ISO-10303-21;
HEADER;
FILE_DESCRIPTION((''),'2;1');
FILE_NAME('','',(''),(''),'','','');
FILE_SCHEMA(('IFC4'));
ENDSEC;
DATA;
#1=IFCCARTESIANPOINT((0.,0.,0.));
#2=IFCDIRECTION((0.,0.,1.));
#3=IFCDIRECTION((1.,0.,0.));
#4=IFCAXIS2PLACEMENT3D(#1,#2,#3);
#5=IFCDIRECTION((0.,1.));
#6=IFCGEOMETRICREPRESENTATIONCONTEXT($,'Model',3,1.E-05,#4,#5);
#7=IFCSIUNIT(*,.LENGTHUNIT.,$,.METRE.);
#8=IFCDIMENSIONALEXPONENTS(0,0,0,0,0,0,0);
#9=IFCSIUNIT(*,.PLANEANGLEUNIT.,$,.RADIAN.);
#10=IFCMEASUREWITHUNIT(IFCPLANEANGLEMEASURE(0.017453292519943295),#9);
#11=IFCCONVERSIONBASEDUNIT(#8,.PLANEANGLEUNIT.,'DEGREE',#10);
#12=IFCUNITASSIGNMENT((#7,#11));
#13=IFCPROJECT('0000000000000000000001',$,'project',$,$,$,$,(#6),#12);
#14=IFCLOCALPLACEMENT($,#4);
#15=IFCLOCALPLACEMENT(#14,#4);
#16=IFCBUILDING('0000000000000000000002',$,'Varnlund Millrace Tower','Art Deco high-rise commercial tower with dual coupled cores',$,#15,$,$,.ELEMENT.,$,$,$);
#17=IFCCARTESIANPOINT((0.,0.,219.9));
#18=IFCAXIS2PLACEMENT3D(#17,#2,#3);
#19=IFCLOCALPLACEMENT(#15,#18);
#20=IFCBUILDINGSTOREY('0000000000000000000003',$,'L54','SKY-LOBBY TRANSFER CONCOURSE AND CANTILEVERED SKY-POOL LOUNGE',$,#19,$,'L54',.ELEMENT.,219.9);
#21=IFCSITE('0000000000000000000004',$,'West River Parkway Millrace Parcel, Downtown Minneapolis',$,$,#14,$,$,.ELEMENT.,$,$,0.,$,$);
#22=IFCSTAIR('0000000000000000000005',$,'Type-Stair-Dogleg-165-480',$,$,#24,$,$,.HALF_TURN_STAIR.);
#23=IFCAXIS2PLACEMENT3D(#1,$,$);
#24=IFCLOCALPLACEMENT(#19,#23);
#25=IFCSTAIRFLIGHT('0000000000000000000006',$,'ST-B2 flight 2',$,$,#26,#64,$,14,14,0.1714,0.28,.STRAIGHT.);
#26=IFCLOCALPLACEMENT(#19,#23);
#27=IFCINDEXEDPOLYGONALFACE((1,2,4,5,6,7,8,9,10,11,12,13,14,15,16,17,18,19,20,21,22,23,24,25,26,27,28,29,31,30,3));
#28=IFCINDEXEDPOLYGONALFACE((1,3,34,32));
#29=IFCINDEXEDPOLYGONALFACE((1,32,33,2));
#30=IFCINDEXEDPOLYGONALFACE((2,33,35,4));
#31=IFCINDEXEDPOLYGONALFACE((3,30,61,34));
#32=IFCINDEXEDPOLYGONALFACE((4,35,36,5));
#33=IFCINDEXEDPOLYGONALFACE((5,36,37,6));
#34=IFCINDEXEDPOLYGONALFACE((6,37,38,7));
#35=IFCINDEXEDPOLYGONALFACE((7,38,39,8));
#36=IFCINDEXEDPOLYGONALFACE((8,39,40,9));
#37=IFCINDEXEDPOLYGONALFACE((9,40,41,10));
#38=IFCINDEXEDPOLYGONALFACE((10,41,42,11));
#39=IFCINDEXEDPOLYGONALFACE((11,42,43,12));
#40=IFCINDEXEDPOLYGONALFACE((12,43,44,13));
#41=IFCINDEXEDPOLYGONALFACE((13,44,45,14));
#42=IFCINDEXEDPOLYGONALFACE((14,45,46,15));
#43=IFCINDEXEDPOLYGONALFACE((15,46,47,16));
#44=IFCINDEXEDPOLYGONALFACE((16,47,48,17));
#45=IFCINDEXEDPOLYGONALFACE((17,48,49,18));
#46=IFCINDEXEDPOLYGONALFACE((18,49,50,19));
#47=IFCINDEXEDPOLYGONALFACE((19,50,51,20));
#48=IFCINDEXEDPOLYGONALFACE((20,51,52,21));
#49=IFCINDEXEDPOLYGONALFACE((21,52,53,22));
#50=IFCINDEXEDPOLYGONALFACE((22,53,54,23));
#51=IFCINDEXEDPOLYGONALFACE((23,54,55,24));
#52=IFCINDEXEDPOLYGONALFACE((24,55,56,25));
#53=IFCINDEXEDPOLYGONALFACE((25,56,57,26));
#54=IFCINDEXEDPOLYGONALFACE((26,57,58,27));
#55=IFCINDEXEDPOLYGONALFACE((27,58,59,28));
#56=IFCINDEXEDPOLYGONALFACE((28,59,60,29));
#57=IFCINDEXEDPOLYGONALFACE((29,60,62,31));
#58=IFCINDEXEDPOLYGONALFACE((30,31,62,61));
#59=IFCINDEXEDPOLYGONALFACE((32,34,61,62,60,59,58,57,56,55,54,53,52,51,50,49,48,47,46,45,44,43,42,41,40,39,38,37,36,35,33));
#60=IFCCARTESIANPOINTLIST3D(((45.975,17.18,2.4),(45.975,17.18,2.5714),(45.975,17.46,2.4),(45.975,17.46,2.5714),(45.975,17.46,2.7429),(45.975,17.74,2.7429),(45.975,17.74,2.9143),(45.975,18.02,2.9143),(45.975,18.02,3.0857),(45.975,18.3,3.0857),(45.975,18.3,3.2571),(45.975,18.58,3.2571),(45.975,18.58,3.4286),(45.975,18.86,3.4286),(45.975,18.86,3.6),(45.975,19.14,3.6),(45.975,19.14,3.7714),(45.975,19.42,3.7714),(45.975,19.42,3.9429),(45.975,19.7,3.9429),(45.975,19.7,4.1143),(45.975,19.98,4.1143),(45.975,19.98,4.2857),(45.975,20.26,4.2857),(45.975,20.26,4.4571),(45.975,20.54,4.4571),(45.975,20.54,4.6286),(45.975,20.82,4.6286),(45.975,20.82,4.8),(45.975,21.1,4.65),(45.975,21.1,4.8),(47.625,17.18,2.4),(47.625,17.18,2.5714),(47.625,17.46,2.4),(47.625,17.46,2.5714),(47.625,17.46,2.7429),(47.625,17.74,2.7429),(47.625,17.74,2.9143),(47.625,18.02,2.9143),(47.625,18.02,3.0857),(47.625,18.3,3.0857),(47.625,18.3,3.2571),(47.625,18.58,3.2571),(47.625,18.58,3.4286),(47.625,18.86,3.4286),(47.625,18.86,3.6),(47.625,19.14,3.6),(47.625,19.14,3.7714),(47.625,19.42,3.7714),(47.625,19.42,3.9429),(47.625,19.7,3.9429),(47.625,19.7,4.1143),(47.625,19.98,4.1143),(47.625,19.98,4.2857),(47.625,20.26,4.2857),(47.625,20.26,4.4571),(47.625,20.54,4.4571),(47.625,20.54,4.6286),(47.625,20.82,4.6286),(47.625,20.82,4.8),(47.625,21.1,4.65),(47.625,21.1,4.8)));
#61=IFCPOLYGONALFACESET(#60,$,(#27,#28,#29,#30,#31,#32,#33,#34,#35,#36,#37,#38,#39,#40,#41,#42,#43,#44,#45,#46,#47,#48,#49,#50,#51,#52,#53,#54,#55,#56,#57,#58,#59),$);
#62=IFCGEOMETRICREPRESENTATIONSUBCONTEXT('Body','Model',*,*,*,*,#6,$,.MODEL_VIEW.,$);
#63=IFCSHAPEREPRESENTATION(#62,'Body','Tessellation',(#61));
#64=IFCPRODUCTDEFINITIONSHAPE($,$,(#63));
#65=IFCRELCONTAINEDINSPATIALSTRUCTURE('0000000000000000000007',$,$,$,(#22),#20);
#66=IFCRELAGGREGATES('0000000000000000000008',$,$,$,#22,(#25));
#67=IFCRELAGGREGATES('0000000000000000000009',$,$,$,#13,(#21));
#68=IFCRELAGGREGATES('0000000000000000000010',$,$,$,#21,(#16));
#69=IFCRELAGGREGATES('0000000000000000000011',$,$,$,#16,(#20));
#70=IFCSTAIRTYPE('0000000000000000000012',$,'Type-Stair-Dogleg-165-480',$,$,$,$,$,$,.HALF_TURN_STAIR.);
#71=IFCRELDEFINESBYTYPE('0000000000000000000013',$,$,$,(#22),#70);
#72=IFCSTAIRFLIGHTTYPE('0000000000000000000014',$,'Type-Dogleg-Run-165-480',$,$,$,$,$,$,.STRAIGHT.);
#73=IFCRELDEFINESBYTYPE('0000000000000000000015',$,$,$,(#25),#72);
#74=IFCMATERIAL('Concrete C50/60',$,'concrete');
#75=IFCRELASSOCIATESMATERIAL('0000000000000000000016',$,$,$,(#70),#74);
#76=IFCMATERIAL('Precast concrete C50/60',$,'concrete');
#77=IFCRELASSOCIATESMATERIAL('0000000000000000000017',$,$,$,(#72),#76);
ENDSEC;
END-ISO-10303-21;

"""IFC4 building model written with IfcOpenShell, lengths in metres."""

from ifc_helpers import new_model, entity, si_unit, converted_unit, direction, frame, origin_with_axes, place, context, subcontext, project, spatial, polyline, outline, extrude, material, type_object, element, aggregate, save


model = new_model("IFC4")

# Units and contexts
model_context = context("Model", 3, precision=1e-05, world=origin_with_axes(), true_north=direction((0.0, 1.0)))
body_context = subcontext(model_context, "Body", "Model", "MODEL_VIEW")
ifc_project = project(units=[si_unit("LENGTHUNIT", "METRE"), converted_unit("PLANEANGLEUNIT", "DEGREE", entity("IfcPlaneAngleMeasure", 0.017453292519943295), si_unit("PLANEANGLEUNIT", "RADIAN"), dimensions=[0, 0, 0, 0, 0, 0, 0])], contexts=[model_context])

# Site, building, storey
site_placement = place(None, origin_with_axes())
site = spatial("IfcSite", under=ifc_project, at=site_placement, Name="West River Parkway Millrace Parcel, Downtown Minneapolis", CompositionType="ELEMENT", RefElevation=0.0)
building_placement = place(site_placement, origin_with_axes())
building = spatial("IfcBuilding", under=site, at=building_placement, Name="Varnlund Millrace Tower", Description="Art Deco high-rise commercial tower with dual coupled cores", CompositionType="ELEMENT")
storey_placement = place(building_placement, frame((0.0, 0.0, 219.9), z_axis=(0.0, 0.0, 1.0), x_axis=(1.0, 0.0, 0.0)))
storey = spatial("IfcBuildingStorey", under=building, at=storey_placement, Name="L54", Description="SKY-LOBBY TRANSFER CONCOURSE AND CANTILEVERED SKY-POOL LOUNGE", LongName="L54", CompositionType="ELEMENT", Elevation=219.9)

# Shared definitions
ifc_material_1 = material(Name="Precast concrete C50/60", Category="concrete")

# Stair, stair flight
ifc_material_2 = material(Name="Concrete C50/60", Category="concrete")
stair_type = type_object("IfcStairType", Name="Type-Stair-Dogleg-165-480", PredefinedType="HALF_TURN_STAIR", material=ifc_material_2)
stair_flight_type = type_object("IfcStairFlightType", Name="Type-Dogleg-Run-165-480", PredefinedType="STRAIGHT", material=ifc_material_1)
stair_1_placement = place(storey_placement, origin_with_axes())
stair_1 = element("IfcStair", 1, at=stair_1_placement, inside=storey, type_object=stair_type, Name="Type-Stair-Dogleg-165-480", PredefinedType="HALF_TURN_STAIR")
stair_flight_1_placement = place(storey_placement, frame((45.975, 17.18, 2.4), z_axis=(1.0, 0.0, 0.0), x_axis=(0.0, 1.0, 0.0)))
stair_flight_1 = element("IfcStairFlight", 2, at=stair_flight_1_placement, type_object=stair_flight_type, Name="ST-B2 flight 2", NumberOfRisers=14, NumberOfTreads=14, PredefinedType="STRAIGHT", RiserHeight=0.1714, TreadLength=0.28, context=body_context, shape_type="SweptSolid", body=[
    extrude(outline(polyline([(0.0, 0.0), (0.0, 0.1714), (0.28, 0.1714), (0.28, 0.3429), (0.56, 0.3429), (0.56, 0.5143), (0.84, 0.5143), (0.84, 0.6857), (1.12, 0.6857), (1.12, 0.8571), (1.4, 0.8571), (1.4, 1.0286), (1.68, 1.0286), (1.68, 1.2), (1.96, 1.2), (1.96, 1.3714), (2.24, 1.3714), (2.24, 1.5429), (2.52, 1.5429), (2.52, 1.7143), (2.8, 1.7143), (2.8, 1.8857), (3.08, 1.8857), (3.08, 2.0571), (3.36, 2.0571), (3.36, 2.2286), (3.64, 2.2286), (3.64, 2.4), (3.92, 2.4), (3.92, 2.25), (0.28, 0.0), (0.0, 0.0)])), origin_with_axes(), (0.0, 0.0, 1.0), 1.65),
])
aggregate(stair_1, [stair_flight_1])

save(model, "model.ifc")
